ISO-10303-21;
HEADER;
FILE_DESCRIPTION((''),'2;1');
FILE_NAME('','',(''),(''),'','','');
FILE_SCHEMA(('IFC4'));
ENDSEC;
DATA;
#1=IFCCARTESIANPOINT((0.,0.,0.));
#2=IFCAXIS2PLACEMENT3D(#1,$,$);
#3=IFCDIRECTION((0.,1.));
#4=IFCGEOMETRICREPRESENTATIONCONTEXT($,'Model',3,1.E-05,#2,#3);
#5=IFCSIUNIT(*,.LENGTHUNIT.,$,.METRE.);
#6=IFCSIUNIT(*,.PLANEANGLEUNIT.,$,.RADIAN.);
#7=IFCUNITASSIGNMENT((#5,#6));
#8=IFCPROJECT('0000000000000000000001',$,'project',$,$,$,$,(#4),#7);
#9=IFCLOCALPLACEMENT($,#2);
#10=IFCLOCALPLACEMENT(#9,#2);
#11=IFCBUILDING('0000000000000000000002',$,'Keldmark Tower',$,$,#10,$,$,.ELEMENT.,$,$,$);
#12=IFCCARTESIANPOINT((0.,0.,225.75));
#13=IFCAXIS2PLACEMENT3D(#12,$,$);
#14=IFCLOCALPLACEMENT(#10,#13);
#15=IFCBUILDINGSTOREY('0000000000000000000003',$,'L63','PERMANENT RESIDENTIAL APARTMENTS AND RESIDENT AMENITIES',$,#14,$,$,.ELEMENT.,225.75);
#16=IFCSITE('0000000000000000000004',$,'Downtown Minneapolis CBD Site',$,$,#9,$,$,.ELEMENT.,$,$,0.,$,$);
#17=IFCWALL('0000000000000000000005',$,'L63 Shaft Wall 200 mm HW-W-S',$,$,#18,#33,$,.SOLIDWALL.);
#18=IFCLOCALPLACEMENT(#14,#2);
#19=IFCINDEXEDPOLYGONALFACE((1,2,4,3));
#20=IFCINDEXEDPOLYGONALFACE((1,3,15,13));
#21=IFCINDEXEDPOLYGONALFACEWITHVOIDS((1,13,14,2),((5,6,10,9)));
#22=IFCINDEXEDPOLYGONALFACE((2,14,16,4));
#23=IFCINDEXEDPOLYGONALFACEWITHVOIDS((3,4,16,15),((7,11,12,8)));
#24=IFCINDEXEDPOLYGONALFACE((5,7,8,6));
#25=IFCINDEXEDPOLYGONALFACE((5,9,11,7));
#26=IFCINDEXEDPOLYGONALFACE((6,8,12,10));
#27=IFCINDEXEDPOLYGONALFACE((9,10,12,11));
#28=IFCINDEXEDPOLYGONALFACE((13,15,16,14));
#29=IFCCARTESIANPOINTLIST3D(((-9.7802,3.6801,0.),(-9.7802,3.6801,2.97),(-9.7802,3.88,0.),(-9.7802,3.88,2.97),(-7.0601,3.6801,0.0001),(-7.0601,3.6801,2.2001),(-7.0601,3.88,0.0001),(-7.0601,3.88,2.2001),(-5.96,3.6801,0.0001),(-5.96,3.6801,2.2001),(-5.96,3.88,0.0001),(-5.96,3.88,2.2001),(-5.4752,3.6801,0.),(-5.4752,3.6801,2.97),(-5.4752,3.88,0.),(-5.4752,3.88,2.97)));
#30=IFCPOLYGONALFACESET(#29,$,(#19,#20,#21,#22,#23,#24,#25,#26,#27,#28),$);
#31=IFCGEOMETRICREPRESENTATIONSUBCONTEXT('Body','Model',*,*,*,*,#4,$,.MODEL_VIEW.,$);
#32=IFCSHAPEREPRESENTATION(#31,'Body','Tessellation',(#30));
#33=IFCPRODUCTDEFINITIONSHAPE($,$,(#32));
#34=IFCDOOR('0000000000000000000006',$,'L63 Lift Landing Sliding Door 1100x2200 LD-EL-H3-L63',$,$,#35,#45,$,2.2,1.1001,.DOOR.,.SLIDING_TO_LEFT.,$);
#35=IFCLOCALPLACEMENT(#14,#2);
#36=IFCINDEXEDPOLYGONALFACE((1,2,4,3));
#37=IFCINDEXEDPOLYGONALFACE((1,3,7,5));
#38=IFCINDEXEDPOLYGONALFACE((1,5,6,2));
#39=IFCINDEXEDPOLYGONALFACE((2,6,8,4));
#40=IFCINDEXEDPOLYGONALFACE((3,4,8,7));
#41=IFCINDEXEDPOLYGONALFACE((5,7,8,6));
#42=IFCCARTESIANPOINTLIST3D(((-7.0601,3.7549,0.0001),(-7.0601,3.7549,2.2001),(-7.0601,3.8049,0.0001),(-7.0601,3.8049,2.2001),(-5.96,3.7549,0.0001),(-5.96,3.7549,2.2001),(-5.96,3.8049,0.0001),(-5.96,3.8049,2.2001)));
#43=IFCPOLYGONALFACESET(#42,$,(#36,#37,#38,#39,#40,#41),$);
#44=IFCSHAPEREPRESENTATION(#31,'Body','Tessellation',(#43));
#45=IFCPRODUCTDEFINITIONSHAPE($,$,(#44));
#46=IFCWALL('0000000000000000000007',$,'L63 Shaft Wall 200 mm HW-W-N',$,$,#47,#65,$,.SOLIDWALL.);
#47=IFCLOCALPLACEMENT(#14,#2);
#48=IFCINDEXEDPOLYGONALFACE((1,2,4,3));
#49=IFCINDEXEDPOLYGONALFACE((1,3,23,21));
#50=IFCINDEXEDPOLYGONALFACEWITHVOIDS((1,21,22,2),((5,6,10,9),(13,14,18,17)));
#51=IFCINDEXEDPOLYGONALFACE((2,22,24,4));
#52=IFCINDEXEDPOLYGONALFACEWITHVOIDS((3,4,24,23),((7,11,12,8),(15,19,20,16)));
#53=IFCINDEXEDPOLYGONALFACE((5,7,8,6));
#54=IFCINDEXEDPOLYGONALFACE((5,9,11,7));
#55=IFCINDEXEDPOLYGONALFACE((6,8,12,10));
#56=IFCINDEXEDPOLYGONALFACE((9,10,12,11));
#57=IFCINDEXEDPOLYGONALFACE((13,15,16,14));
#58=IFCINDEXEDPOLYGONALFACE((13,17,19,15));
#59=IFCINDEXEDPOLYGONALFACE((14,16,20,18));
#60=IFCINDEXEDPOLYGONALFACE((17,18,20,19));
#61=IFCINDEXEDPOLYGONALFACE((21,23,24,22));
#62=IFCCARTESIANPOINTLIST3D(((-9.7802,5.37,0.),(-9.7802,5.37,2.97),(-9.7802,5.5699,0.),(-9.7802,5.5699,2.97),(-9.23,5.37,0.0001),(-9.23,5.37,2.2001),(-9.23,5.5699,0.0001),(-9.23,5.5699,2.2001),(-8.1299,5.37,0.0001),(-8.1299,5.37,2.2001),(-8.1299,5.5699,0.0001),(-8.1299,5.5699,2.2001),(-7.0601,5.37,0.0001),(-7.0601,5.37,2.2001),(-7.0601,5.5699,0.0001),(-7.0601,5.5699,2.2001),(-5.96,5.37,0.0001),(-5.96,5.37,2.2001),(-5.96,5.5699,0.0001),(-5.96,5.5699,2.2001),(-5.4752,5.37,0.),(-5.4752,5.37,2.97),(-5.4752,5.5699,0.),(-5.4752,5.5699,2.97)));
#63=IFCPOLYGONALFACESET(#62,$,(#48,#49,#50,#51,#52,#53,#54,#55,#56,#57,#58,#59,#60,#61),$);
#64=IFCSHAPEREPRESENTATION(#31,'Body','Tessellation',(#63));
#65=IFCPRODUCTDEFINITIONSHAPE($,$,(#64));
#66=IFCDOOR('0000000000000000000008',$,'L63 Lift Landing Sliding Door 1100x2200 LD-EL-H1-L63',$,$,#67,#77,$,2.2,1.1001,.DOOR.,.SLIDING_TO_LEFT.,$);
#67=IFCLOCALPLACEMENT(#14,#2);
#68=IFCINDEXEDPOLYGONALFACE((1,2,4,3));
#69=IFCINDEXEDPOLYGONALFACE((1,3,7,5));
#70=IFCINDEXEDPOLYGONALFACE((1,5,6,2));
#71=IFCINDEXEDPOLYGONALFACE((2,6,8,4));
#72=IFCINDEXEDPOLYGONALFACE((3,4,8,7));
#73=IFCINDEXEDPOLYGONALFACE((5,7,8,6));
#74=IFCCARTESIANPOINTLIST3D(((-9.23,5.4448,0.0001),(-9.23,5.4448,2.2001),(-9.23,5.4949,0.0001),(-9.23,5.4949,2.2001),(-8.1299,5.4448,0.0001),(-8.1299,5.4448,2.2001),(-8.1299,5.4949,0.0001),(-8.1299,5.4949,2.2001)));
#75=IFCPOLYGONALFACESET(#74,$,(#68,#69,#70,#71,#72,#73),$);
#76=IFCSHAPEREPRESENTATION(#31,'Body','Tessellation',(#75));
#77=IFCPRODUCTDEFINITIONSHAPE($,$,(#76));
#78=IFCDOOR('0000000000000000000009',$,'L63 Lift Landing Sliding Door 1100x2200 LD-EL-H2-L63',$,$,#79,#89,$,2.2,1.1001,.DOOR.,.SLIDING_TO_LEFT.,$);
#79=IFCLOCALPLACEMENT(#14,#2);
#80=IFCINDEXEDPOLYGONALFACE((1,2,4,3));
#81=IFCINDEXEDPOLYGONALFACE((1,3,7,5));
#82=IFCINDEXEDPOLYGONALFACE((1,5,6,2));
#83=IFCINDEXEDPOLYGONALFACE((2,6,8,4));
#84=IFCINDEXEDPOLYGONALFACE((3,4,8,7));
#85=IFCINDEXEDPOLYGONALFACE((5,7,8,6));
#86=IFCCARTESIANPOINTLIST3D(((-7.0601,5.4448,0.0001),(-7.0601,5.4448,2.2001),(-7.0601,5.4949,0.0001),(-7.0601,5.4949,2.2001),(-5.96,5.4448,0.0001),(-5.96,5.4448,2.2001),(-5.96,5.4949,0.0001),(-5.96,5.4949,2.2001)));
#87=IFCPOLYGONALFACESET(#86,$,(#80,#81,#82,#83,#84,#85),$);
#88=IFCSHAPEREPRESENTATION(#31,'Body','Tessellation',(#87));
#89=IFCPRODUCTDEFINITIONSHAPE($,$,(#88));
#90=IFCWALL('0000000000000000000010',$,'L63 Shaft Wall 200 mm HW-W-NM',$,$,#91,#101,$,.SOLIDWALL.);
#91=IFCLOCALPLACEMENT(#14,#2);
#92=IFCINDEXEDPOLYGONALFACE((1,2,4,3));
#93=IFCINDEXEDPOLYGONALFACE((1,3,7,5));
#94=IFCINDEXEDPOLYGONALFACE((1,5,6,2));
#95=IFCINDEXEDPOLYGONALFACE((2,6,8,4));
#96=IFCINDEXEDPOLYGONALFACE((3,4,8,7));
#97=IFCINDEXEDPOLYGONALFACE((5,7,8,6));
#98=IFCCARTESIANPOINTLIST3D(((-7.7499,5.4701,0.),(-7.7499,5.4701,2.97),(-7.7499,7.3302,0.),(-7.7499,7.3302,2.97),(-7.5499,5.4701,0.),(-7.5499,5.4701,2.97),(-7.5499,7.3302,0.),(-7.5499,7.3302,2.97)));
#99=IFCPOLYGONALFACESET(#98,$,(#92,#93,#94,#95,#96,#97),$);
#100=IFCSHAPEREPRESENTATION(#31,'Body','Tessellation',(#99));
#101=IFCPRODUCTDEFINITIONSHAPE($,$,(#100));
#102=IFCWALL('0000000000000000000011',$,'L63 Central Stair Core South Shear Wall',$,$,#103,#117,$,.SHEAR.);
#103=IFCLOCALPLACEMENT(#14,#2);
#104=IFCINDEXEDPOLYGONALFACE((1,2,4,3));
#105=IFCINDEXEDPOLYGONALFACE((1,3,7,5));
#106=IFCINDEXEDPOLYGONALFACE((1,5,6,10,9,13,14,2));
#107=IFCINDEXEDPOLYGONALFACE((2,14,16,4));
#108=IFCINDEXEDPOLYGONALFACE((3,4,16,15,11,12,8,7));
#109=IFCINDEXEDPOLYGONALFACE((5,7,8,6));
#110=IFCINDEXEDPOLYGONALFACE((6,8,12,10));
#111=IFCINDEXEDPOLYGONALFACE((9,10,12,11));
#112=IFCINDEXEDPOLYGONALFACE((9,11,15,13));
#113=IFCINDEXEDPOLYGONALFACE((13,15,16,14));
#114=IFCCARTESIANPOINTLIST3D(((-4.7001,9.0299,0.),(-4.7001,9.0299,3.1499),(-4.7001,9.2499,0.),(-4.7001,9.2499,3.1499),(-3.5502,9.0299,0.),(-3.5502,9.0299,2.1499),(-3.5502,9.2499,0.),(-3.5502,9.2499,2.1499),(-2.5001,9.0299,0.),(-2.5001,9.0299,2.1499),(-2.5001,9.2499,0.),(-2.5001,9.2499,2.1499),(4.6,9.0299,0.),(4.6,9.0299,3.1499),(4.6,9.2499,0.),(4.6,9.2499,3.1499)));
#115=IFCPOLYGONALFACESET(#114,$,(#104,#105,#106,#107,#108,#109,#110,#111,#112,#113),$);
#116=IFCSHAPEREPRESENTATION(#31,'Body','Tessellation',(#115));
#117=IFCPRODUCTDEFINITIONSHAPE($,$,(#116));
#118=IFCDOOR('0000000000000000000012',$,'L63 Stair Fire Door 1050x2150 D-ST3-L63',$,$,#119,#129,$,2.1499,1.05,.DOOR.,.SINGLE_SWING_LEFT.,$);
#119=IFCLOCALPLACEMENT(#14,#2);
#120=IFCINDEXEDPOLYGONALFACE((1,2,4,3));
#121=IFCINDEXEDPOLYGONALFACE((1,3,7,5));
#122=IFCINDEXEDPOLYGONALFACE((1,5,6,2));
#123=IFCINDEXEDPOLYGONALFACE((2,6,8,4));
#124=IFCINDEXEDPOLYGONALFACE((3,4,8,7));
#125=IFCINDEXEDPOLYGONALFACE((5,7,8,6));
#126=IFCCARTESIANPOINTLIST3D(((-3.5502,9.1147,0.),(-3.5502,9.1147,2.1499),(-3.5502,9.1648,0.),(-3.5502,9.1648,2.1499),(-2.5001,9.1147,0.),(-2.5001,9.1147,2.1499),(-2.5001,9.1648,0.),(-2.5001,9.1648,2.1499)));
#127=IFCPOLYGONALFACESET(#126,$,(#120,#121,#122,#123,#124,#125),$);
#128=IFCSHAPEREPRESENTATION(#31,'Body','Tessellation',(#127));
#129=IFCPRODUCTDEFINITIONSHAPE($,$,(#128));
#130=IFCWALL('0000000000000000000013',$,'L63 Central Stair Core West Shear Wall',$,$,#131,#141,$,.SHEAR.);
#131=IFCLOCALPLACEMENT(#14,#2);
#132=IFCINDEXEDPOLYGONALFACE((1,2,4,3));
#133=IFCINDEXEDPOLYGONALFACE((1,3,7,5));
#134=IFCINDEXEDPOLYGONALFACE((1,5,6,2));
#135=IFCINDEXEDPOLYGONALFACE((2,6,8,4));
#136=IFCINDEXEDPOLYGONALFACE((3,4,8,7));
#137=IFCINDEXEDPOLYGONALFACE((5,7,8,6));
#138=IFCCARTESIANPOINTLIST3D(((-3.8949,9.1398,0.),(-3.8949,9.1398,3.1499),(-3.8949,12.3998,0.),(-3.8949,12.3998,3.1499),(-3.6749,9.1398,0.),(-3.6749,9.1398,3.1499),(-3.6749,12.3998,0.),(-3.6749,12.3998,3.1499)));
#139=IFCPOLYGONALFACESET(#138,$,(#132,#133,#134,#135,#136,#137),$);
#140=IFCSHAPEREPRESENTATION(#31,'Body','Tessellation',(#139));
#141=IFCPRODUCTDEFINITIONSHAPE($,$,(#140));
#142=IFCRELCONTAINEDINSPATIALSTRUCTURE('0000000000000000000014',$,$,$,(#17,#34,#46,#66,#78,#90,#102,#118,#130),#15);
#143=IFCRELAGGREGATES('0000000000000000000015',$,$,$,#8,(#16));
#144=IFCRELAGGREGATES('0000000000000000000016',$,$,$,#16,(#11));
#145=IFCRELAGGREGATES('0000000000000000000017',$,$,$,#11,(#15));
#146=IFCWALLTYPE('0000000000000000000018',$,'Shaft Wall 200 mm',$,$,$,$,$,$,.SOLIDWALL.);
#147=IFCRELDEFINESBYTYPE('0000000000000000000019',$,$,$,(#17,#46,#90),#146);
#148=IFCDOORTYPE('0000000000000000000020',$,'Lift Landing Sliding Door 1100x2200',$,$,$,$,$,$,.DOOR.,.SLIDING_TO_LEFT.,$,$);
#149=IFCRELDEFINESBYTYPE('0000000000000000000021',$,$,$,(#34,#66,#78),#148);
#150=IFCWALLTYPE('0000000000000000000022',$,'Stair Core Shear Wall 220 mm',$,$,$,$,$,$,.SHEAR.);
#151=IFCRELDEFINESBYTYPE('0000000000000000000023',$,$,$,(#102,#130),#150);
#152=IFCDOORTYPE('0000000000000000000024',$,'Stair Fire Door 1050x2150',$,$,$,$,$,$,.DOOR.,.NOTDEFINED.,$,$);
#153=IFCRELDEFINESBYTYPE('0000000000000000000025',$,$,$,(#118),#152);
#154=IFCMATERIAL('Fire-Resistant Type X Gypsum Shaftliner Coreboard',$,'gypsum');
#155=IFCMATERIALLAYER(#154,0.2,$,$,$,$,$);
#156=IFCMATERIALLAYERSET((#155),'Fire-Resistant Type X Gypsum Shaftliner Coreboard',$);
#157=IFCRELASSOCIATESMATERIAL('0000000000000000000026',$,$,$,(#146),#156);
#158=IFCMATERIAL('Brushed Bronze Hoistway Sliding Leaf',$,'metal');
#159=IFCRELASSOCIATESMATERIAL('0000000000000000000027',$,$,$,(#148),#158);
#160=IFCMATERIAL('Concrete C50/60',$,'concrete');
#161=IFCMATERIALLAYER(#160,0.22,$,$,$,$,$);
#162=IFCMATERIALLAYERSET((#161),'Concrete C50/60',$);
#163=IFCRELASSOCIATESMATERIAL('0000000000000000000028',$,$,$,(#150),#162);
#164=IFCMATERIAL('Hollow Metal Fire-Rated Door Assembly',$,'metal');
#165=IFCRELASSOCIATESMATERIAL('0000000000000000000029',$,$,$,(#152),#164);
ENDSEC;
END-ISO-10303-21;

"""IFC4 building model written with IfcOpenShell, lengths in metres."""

from ifc_helpers import new_model, si_unit, direction, frame, frame_2d, origin, place, context, subcontext, project, spatial, rectangle, extrude, material, layer, layer_set, type_object, element, fill, save


model = new_model("IFC4")

# Units and contexts
model_context = context("Model", 3, precision=1e-05, world=origin(), true_north=direction((0.0, 1.0)))
body_context = subcontext(model_context, "Body", "Model", "MODEL_VIEW")
ifc_project = project(units=[si_unit("LENGTHUNIT", "METRE"), si_unit("PLANEANGLEUNIT", "RADIAN")], contexts=[model_context])

# Site, building, storey
site_placement = place(None, origin())
site = spatial("IfcSite", under=ifc_project, at=site_placement, Name="Downtown Minneapolis CBD Site", CompositionType="ELEMENT", RefElevation=0.0)
building_placement = place(site_placement, origin())
building = spatial("IfcBuilding", under=site, at=building_placement, Name="Keldmark Tower", CompositionType="ELEMENT")
storey_placement = place(building_placement, frame((0.0, 0.0, 225.75)))
storey = spatial("IfcBuildingStorey", under=building, at=storey_placement, Name="L63", Description="PERMANENT RESIDENTIAL APARTMENTS AND RESIDENT AMENITIES", CompositionType="ELEMENT", Elevation=225.75)

# Wall, opening, door
ifc_material_1 = material(Name="Fire-Resistant Type X Gypsum Shaftliner Coreboard", Category="gypsum")
ifc_layer_1 = layer(ifc_material_1, 0.2)
ifc_layer_set_1 = layer_set([ifc_layer_1], Name="Fire-Resistant Type X Gypsum Shaftliner Coreboard")
wall_type_1 = type_object("IfcWallType", Name="Shaft Wall 200 mm", PredefinedType="SOLIDWALL", material=ifc_layer_set_1)
wall_1_placement = place(storey_placement, frame((-9.78, 3.78, 0.0), z_axis=(0.0, 0.0, 1.0), x_axis=(1.0, 0.0, 0.0)))
wall_1 = element("IfcWall", 1, at=wall_1_placement, inside=storey, type_object=wall_type_1, Name="L63 Shaft Wall 200 mm HW-W-S", PredefinedType="SOLIDWALL", context=body_context, shape_type="SweptSolid", body=[
    extrude(rectangle(XDim=4.3049, YDim=0.2, at=frame_2d((2.1523, 0.0))), origin(), (0.0, 0.0, 1.0), 2.97),
])
opening_1_placement = place(wall_1_placement, frame((2.72, 0.0, 0.0)))
opening_1 = element("IfcOpeningElement", 2, at=opening_1_placement, cuts=wall_1, PredefinedType="OPENING", context=body_context, shape_type="SweptSolid", body=[
    extrude(rectangle(XDim=1.1001, YDim=2.2, at=frame_2d((0.55, 1.1001))), frame((0.0, 0.1099, 0.0), z_axis=(0.0, -1.0, 0.0), x_axis=(1.0, 0.0, 0.0)), (0.0, 0.0, 1.0), 0.22),
])
ifc_material_2 = material(Name="Brushed Bronze Hoistway Sliding Leaf", Category="metal")
door_type_1 = type_object("IfcDoorType", Name="Lift Landing Sliding Door 1100x2200", OperationType="SLIDING_TO_LEFT", PredefinedType="DOOR", material=ifc_material_2)
door_1_placement = place(opening_1_placement, origin())
door_1 = element("IfcDoor", 3, at=door_1_placement, inside=storey, type_object=door_type_1, Name="L63 Lift Landing Sliding Door 1100x2200 LD-EL-H3-L63", OperationType="SLIDING_TO_LEFT", OverallHeight=2.2, OverallWidth=1.1001, PredefinedType="DOOR", context=body_context, shape_type="SweptSolid", body=[
    extrude(rectangle(XDim=1.1001, YDim=2.2, at=frame_2d((0.55, 1.1001))), frame((0.0, 0.0249, 0.0), z_axis=(0.0, -1.0, 0.0), x_axis=(1.0, 0.0, 0.0)), (0.0, 0.0, 1.0), 0.05),
])
fill(opening_1, door_1)

# Wall, openings, doors
wall_2_placement = place(storey_placement, frame((-9.78, 5.47, 0.0), z_axis=(0.0, 0.0, 1.0), x_axis=(1.0, 0.0, 0.0)))
wall_2 = element("IfcWall", 4, at=wall_2_placement, inside=storey, type_object=wall_type_1, Name="L63 Shaft Wall 200 mm HW-W-N", PredefinedType="SOLIDWALL", context=body_context, shape_type="SweptSolid", body=[
    extrude(rectangle(XDim=4.3049, YDim=0.2, at=frame_2d((2.1523, 0.0))), origin(), (0.0, 0.0, 1.0), 2.97),
])
opening_2_placement = place(wall_2_placement, frame((0.55, 0.0, 0.0)))
opening_2 = element("IfcOpeningElement", 5, at=opening_2_placement, cuts=wall_2, PredefinedType="OPENING", context=body_context, shape_type="SweptSolid", body=[
    extrude(rectangle(XDim=1.1001, YDim=2.2, at=frame_2d((0.55, 1.1001))), frame((0.0, 0.1099, 0.0), z_axis=(0.0, -1.0, 0.0), x_axis=(1.0, 0.0, 0.0)), (0.0, 0.0, 1.0), 0.22),
])
opening_3_placement = place(wall_2_placement, frame((2.72, 0.0, 0.0)))
opening_3 = element("IfcOpeningElement", 6, at=opening_3_placement, cuts=wall_2, PredefinedType="OPENING", context=body_context, shape_type="SweptSolid", body=[
    extrude(rectangle(XDim=1.1001, YDim=2.2, at=frame_2d((0.55, 1.1001))), frame((0.0, 0.1099, 0.0), z_axis=(0.0, -1.0, 0.0), x_axis=(1.0, 0.0, 0.0)), (0.0, 0.0, 1.0), 0.22),
])
door_2_placement = place(opening_2_placement, origin())
door_2 = element("IfcDoor", 7, at=door_2_placement, inside=storey, type_object=door_type_1, Name="L63 Lift Landing Sliding Door 1100x2200 LD-EL-H1-L63", OperationType="SLIDING_TO_LEFT", OverallHeight=2.2, OverallWidth=1.1001, PredefinedType="DOOR", context=body_context, shape_type="SweptSolid", body=[
    extrude(rectangle(XDim=1.1001, YDim=2.2, at=frame_2d((0.55, 1.1001))), frame((0.0, 0.0249, 0.0), z_axis=(0.0, -1.0, 0.0), x_axis=(1.0, 0.0, 0.0)), (0.0, 0.0, 1.0), 0.05),
])
fill(opening_2, door_2)
door_3_placement = place(opening_3_placement, origin())
door_3 = element("IfcDoor", 8, at=door_3_placement, inside=storey, type_object=door_type_1, Name="L63 Lift Landing Sliding Door 1100x2200 LD-EL-H2-L63", OperationType="SLIDING_TO_LEFT", OverallHeight=2.2, OverallWidth=1.1001, PredefinedType="DOOR", context=body_context, shape_type="SweptSolid", body=[
    extrude(rectangle(XDim=1.1001, YDim=2.2, at=frame_2d((0.55, 1.1001))), frame((0.0, 0.0249, 0.0), z_axis=(0.0, -1.0, 0.0), x_axis=(1.0, 0.0, 0.0)), (0.0, 0.0, 1.0), 0.05),
])
fill(opening_3, door_3)

# Wall
wall_3_placement = place(storey_placement, frame((-7.6499, 5.47, 0.0), z_axis=(0.0, 0.0, 1.0), x_axis=(0.0, 1.0, 0.0)))
element("IfcWall", 9, at=wall_3_placement, inside=storey, type_object=wall_type_1, Name="L63 Shaft Wall 200 mm HW-W-NM", PredefinedType="SOLIDWALL", context=body_context, shape_type="SweptSolid", body=[
    extrude(rectangle(XDim=1.8601, YDim=0.2, at=frame_2d((0.9302, 0.0))), origin(), (0.0, 0.0, 1.0), 2.97),
])

# Wall, opening, door
ifc_material_3 = material(Name="Concrete C50/60", Category="concrete")
ifc_layer_2 = layer(ifc_material_3, 0.22)
ifc_layer_set_2 = layer_set([ifc_layer_2], Name="Concrete C50/60")
wall_type_2 = type_object("IfcWallType", Name="Stair Core Shear Wall 220 mm", PredefinedType="SHEAR", material=ifc_layer_set_2)
wall_4_placement = place(storey_placement, frame((-4.7, 9.1399, 0.0), z_axis=(0.0, 0.0, 1.0), x_axis=(1.0, 0.0, 0.0)))
wall_4 = element("IfcWall", 10, at=wall_4_placement, inside=storey, type_object=wall_type_2, Name="L63 Central Stair Core South Shear Wall", PredefinedType="SHEAR", context=body_context, shape_type="SweptSolid", body=[
    extrude(rectangle(XDim=9.3, YDim=0.22, at=frame_2d((4.6499, 0.0))), origin(), (0.0, 0.0, 1.0), 3.1499),
])
opening_4_placement = place(wall_4_placement, frame((1.1499, 0.0, 0.0)))
opening_4 = element("IfcOpeningElement", 11, at=opening_4_placement, cuts=wall_4, PredefinedType="OPENING", context=body_context, shape_type="SweptSolid", body=[
    extrude(rectangle(XDim=1.05, YDim=2.1499, at=frame_2d((0.5249, 1.075))), frame((0.0, 0.1199, 0.0), z_axis=(0.0, -1.0, 0.0), x_axis=(1.0, 0.0, 0.0)), (0.0, 0.0, 1.0), 0.24),
])
ifc_material_4 = material(Name="Hollow Metal Fire-Rated Door Assembly", Category="metal")
door_type_2 = type_object("IfcDoorType", Name="Stair Fire Door 1050x2150", OperationType="NOTDEFINED", PredefinedType="DOOR", material=ifc_material_4)
door_4_placement = place(opening_4_placement, origin())
door_4 = element("IfcDoor", 12, at=door_4_placement, inside=storey, type_object=door_type_2, Name="L63 Stair Fire Door 1050x2150 D-ST3-L63", OperationType="SINGLE_SWING_LEFT", OverallHeight=2.1499, OverallWidth=1.05, PredefinedType="DOOR", context=body_context, shape_type="SweptSolid", body=[
    extrude(rectangle(XDim=1.05, YDim=2.1499, at=frame_2d((0.5249, 1.075))), frame((0.0, 0.0249, 0.0), z_axis=(0.0, -1.0, 0.0), x_axis=(1.0, 0.0, 0.0)), (0.0, 0.0, 1.0), 0.05),
])
fill(opening_4, door_4)

# Wall
wall_5_placement = place(storey_placement, frame((-3.7849, 9.1399, 0.0), z_axis=(0.0, 0.0, 1.0), x_axis=(0.0, 1.0, 0.0)))
element("IfcWall", 13, at=wall_5_placement, inside=storey, type_object=wall_type_2, Name="L63 Central Stair Core West Shear Wall", PredefinedType="SHEAR", context=body_context, shape_type="SweptSolid", body=[
    extrude(rectangle(XDim=3.26, YDim=0.22, at=frame_2d((1.6299, 0.0))), origin(), (0.0, 0.0, 1.0), 3.1499),
])

save(model, "model.ifc")
